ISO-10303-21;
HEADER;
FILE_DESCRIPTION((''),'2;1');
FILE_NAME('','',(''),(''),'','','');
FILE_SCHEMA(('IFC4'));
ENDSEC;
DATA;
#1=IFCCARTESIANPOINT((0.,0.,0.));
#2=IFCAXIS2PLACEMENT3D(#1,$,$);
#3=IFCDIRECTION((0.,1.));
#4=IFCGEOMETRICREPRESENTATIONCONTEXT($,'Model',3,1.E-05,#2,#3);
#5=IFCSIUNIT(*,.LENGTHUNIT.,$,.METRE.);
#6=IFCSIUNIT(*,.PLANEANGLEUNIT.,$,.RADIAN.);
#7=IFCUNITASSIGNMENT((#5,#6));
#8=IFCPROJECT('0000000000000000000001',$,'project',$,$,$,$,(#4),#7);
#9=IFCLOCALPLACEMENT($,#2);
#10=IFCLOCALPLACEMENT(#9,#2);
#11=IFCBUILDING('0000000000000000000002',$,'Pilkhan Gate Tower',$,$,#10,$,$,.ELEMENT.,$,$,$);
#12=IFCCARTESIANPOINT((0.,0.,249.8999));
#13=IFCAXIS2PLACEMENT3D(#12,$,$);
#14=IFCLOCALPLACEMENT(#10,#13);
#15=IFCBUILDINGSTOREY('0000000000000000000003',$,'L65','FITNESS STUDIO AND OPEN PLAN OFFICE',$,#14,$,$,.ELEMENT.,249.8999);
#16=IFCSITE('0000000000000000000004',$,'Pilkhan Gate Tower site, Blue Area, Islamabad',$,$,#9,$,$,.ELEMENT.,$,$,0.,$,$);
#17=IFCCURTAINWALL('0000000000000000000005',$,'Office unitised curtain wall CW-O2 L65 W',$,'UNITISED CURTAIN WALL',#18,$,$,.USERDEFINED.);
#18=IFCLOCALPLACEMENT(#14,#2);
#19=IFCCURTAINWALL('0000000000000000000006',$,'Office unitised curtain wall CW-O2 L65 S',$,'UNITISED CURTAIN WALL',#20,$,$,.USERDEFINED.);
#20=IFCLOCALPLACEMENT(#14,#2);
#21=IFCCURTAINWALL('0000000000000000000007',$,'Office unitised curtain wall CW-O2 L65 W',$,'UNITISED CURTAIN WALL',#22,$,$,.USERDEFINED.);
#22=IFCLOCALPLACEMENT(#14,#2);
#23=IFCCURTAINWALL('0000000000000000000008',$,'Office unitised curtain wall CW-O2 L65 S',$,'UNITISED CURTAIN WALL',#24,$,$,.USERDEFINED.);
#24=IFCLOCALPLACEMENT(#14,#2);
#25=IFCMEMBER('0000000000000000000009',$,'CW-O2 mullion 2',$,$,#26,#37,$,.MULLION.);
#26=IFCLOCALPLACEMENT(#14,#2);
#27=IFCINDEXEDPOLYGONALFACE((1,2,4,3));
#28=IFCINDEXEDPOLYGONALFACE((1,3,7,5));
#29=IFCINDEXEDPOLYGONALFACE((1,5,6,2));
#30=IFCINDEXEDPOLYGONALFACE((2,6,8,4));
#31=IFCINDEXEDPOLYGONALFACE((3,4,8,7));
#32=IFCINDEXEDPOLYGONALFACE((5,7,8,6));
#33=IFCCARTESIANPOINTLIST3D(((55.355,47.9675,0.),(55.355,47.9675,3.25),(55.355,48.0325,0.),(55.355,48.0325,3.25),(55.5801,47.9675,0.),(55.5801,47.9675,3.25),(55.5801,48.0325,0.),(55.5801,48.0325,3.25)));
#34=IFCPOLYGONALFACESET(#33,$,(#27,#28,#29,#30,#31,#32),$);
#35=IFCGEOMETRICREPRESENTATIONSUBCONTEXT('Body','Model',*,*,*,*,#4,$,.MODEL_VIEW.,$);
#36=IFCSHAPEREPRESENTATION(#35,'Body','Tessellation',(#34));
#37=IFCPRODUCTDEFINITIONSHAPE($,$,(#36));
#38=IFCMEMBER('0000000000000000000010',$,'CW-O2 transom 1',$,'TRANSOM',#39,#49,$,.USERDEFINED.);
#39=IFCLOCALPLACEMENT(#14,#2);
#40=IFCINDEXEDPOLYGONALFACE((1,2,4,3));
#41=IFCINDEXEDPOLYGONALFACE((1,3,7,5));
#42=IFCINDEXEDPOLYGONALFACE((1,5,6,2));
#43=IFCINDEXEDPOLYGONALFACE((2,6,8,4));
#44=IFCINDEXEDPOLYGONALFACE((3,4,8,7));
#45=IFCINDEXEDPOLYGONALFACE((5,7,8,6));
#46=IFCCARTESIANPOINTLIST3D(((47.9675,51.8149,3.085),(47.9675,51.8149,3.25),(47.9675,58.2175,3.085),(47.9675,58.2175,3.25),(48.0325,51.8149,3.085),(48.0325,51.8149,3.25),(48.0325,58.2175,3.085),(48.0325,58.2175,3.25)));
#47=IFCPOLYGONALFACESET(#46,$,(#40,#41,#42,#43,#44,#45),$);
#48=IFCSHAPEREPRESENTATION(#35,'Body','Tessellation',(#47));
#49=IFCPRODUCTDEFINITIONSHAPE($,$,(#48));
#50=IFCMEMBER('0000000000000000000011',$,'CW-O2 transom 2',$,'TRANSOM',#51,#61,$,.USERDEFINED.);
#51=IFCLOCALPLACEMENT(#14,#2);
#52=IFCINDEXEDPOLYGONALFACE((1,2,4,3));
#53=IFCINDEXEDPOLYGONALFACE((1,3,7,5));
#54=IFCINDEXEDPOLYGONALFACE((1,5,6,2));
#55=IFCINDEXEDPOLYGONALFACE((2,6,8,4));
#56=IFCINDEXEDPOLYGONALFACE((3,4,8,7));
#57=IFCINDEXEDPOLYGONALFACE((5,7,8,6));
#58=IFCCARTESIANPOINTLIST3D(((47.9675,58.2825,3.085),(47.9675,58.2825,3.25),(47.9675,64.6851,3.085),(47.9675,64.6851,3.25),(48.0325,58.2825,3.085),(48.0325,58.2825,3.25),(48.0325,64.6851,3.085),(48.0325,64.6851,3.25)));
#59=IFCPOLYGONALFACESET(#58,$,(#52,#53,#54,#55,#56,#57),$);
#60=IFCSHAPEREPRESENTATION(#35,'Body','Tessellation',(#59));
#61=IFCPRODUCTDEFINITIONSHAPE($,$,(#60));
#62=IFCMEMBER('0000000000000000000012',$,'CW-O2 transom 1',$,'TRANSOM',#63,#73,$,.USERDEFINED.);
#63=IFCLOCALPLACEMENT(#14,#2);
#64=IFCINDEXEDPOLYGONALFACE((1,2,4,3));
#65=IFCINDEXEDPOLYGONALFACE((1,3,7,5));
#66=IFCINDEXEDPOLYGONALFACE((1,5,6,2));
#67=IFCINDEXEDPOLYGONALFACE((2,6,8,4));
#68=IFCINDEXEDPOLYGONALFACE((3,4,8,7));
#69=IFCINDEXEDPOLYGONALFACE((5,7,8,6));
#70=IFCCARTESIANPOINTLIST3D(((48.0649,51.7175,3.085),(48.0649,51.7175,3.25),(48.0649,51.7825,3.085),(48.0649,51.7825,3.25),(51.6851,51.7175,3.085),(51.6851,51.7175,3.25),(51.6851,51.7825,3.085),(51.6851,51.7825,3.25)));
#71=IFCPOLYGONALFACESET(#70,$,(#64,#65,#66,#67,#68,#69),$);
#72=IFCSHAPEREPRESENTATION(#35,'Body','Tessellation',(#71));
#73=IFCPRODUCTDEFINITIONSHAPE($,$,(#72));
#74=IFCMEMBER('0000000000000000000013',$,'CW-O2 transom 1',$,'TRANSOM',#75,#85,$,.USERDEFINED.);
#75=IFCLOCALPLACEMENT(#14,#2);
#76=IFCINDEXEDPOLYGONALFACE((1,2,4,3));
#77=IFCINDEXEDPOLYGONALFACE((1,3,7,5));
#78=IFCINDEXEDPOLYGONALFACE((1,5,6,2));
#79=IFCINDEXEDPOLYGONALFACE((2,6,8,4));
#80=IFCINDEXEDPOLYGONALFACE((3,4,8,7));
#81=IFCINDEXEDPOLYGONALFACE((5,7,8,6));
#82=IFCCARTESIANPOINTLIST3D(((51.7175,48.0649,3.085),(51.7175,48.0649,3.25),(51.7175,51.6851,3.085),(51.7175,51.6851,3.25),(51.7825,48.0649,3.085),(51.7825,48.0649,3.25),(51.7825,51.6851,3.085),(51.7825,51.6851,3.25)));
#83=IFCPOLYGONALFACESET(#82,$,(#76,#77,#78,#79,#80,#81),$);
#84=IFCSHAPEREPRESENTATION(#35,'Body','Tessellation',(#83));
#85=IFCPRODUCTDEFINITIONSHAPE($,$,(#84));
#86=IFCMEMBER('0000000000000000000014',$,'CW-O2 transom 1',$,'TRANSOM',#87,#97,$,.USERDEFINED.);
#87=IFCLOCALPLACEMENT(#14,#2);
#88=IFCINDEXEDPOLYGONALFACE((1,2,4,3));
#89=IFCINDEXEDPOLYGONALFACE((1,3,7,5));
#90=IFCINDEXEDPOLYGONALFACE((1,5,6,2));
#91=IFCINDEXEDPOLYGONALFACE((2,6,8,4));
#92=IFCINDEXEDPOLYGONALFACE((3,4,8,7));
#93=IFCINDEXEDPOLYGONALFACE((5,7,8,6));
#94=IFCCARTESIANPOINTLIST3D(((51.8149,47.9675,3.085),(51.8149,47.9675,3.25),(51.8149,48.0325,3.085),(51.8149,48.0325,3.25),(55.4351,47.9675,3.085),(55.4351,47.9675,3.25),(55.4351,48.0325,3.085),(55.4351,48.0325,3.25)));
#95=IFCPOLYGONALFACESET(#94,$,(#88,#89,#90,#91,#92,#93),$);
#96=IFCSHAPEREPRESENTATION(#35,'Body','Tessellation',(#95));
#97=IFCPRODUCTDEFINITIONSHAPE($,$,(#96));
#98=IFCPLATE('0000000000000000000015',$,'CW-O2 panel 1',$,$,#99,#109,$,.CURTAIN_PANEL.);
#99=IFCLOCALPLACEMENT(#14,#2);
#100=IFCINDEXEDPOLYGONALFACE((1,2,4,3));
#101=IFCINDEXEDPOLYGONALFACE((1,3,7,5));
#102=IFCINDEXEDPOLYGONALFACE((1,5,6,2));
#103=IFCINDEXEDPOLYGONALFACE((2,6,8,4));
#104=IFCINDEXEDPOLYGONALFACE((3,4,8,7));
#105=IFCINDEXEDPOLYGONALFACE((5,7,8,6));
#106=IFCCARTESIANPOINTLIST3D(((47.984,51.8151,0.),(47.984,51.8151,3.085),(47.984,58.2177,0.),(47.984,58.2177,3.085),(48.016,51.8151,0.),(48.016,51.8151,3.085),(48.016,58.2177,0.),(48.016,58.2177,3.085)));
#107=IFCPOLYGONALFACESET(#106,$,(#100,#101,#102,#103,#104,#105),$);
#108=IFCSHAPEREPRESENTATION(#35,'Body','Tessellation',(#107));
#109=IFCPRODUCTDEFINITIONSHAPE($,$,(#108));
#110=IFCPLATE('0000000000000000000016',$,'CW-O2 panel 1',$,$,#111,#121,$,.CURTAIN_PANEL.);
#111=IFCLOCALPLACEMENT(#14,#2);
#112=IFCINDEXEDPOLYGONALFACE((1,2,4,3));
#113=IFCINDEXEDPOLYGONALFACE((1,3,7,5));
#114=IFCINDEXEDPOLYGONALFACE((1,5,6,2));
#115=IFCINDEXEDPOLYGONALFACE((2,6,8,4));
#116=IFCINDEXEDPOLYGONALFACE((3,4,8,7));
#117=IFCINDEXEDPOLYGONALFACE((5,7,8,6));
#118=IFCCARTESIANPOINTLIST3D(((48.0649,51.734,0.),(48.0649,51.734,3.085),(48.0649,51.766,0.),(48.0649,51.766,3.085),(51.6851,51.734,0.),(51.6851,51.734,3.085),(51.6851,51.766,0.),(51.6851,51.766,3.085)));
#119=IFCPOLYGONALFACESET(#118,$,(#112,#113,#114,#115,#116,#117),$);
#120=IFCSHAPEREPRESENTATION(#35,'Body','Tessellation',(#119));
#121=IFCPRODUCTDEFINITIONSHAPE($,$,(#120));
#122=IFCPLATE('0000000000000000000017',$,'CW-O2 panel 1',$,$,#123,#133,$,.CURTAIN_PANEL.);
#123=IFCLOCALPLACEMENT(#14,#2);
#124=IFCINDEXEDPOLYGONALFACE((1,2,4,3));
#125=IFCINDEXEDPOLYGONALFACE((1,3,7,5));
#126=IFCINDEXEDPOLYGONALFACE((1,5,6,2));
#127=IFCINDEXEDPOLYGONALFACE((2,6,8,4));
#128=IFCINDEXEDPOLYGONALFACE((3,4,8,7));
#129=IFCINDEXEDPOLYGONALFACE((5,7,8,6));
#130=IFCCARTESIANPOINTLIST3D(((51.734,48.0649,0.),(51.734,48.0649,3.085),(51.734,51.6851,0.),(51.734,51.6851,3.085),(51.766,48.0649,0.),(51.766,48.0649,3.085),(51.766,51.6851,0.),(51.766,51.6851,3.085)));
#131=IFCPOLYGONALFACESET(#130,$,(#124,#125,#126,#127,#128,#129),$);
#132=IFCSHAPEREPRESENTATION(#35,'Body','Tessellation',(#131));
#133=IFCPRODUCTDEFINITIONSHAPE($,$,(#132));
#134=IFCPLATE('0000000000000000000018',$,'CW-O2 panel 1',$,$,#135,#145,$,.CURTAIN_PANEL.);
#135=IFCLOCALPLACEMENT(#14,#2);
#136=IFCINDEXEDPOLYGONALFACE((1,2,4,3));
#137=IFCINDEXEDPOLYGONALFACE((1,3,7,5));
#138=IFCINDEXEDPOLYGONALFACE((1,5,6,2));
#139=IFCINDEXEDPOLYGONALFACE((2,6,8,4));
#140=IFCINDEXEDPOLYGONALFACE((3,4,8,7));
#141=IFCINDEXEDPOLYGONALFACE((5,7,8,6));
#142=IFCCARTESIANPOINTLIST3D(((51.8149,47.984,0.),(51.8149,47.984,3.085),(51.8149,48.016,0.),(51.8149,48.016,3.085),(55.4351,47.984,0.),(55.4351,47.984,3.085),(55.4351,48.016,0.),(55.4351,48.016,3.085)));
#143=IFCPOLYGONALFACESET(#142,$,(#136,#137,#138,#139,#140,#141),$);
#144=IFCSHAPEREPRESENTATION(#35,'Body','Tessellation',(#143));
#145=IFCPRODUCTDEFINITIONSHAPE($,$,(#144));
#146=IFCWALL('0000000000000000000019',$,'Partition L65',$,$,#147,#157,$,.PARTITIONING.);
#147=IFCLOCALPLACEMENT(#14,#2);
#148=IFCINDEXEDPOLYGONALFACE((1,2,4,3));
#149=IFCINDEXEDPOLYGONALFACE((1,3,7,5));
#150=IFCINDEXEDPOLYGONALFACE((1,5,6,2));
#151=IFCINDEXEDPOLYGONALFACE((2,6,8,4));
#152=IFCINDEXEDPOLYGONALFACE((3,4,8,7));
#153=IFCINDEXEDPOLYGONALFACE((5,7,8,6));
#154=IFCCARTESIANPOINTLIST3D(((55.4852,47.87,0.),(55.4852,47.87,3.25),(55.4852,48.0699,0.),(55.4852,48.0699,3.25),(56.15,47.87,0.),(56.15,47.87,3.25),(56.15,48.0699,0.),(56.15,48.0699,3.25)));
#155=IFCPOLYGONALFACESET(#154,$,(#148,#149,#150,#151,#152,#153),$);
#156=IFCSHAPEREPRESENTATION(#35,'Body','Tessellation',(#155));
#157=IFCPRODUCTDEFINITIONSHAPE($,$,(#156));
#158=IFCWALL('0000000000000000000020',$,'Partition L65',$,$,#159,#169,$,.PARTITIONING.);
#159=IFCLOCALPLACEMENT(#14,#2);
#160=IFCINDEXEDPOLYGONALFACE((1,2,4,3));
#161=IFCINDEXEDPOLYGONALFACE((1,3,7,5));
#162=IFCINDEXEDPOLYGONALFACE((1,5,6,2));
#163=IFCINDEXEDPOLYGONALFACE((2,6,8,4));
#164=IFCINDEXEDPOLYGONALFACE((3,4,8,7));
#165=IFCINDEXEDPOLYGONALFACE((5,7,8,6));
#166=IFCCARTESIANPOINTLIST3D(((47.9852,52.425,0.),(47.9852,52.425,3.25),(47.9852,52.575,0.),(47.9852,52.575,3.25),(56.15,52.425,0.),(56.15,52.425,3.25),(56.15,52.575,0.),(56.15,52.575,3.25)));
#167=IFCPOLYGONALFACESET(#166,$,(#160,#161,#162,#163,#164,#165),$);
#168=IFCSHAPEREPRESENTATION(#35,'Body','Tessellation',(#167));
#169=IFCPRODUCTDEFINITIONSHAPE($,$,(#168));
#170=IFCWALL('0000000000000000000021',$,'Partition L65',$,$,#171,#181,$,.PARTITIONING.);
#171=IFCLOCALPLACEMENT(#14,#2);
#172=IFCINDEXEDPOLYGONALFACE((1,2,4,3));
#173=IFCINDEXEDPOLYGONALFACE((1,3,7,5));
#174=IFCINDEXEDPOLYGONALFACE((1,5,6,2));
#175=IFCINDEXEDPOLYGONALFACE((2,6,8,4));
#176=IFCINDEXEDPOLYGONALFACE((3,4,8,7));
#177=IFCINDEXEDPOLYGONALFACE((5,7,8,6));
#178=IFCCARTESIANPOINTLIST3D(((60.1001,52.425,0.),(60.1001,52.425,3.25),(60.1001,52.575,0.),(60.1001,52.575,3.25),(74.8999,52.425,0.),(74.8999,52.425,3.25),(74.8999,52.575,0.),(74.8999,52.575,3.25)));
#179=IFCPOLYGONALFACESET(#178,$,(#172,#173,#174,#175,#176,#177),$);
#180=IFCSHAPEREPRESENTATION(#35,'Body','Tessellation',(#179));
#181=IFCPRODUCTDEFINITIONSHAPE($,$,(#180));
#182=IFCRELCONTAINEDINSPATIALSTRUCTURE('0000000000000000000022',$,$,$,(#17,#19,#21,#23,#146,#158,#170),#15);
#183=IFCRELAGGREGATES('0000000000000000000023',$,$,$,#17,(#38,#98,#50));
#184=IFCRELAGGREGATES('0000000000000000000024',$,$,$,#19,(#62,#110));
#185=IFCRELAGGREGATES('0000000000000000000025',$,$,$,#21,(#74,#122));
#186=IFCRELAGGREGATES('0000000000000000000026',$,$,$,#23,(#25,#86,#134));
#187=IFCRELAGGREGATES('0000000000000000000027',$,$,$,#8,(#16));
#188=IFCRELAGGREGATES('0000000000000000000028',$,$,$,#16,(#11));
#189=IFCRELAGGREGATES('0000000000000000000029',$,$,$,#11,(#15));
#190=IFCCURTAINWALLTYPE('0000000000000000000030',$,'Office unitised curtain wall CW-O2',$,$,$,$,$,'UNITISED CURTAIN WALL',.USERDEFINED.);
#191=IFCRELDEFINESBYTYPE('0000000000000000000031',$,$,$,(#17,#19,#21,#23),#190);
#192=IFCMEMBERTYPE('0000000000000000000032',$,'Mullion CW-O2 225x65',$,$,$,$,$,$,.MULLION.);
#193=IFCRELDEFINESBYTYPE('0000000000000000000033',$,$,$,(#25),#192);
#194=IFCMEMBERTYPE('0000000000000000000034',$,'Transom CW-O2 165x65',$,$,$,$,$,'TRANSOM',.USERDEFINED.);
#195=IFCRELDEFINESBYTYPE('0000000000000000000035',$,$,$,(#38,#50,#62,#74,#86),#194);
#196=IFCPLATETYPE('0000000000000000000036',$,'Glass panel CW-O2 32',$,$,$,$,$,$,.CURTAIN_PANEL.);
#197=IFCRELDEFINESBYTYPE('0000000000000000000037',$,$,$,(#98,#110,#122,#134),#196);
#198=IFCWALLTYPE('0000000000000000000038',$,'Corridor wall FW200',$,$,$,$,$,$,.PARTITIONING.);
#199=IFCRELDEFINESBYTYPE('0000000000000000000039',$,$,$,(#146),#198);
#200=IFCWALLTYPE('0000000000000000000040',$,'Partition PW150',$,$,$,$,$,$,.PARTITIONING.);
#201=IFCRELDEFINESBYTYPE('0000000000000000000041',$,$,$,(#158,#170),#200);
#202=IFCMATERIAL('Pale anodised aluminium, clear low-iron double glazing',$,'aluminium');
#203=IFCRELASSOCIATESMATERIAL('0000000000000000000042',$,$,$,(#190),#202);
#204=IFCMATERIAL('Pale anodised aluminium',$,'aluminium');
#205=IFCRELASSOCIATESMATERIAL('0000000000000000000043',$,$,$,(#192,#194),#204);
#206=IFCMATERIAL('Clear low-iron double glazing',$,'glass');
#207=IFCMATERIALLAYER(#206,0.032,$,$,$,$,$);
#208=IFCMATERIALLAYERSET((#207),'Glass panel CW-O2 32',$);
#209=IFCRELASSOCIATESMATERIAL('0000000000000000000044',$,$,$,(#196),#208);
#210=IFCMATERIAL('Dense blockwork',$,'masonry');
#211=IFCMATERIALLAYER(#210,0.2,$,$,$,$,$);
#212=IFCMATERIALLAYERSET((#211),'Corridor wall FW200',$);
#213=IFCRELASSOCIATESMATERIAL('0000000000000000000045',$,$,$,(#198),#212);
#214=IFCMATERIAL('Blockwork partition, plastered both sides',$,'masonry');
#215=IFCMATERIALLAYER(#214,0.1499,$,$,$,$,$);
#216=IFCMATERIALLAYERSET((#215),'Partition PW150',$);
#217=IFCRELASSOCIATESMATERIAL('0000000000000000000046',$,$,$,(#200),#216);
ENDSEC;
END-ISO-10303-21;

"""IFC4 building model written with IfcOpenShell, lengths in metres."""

from ifc_helpers import new_model, si_unit, direction, frame, frame_2d, origin, origin_2d, place, context, subcontext, project, spatial, rectangle, extrude, material, layer, layer_set, material_profile, profile_set, type_object, element, aggregate, save


model = new_model("IFC4")

# Units and contexts
model_context = context("Model", 3, precision=1e-05, world=origin(), true_north=direction((0.0, 1.0)))
body_context = subcontext(model_context, "Body", "Model", "MODEL_VIEW")
ifc_project = project(units=[si_unit("LENGTHUNIT", "METRE"), si_unit("PLANEANGLEUNIT", "RADIAN")], contexts=[model_context])

# Site, building, storey
site_placement = place(None, origin())
site = spatial("IfcSite", under=ifc_project, at=site_placement, Name="Pilkhan Gate Tower site, Blue Area, Islamabad", CompositionType="ELEMENT", RefElevation=0.0)
building_placement = place(site_placement, origin())
building = spatial("IfcBuilding", under=site, at=building_placement, Name="Pilkhan Gate Tower", CompositionType="ELEMENT")
storey_placement = place(building_placement, frame((0.0, 0.0, 249.8999)))
storey = spatial("IfcBuildingStorey", under=building, at=storey_placement, Name="L65", Description="FITNESS STUDIO AND OPEN PLAN OFFICE", CompositionType="ELEMENT", Elevation=249.8999)

# Curtain walls, member
ifc_material_1 = material(Name="Pale anodised aluminium, clear low-iron double glazing", Category="aluminium")
curtain_wall_type = type_object("IfcCurtainWallType", Name="Office unitised curtain wall CW-O2", ElementType="UNITISED CURTAIN WALL", PredefinedType="USERDEFINED", material=ifc_material_1)
curtain_wall_1_placement = place(storey_placement, origin())
curtain_wall_1 = element("IfcCurtainWall", 1, at=curtain_wall_1_placement, inside=storey, type_object=curtain_wall_type, Name="Office unitised curtain wall CW-O2 L65 W", ObjectType="UNITISED CURTAIN WALL", PredefinedType="USERDEFINED")
ifc_material_2 = material(Name="Pale anodised aluminium", Category="aluminium")
ifc_material_profile_1 = material_profile(ifc_material_2, rectangle(XDim=0.0649, YDim=0.2251, at=origin_2d()), Name="Mullion 225x65")
ifc_profile_set_1 = profile_set([ifc_material_profile_1], Name="Pale anodised aluminium")
member_type_1 = type_object("IfcMemberType", Name="Mullion CW-O2 225x65", PredefinedType="MULLION", material=ifc_profile_set_1)
curtain_wall_2_placement = place(storey_placement, origin())
curtain_wall_2 = element("IfcCurtainWall", 2, at=curtain_wall_2_placement, inside=storey, type_object=curtain_wall_type, Name="Office unitised curtain wall CW-O2 L65 S", ObjectType="UNITISED CURTAIN WALL", PredefinedType="USERDEFINED")
curtain_wall_3_placement = place(storey_placement, origin())
curtain_wall_3 = element("IfcCurtainWall", 3, at=curtain_wall_3_placement, inside=storey, type_object=curtain_wall_type, Name="Office unitised curtain wall CW-O2 L65 W", ObjectType="UNITISED CURTAIN WALL", PredefinedType="USERDEFINED")
curtain_wall_4_placement = place(storey_placement, origin())
curtain_wall_4 = element("IfcCurtainWall", 4, at=curtain_wall_4_placement, inside=storey, type_object=curtain_wall_type, Name="Office unitised curtain wall CW-O2 L65 S", ObjectType="UNITISED CURTAIN WALL", PredefinedType="USERDEFINED")
member_1_placement = place(storey_placement, frame((55.4675, 48.0, 0.0), z_axis=(0.0, 0.0, 1.0), x_axis=(0.0, 1.0, 0.0)))
member_1 = element("IfcMember", 5, at=member_1_placement, type_object=member_type_1, Name="CW-O2 mullion 2", PredefinedType="MULLION", context=body_context, shape_type="SweptSolid", body=[
    extrude(rectangle(XDim=0.0649, YDim=0.2251, at=origin_2d()), origin(), (0.0, 0.0, 1.0), 3.25),
])

# Members
ifc_material_profile_2 = material_profile(ifc_material_2, rectangle(XDim=0.0649, YDim=0.165, at=origin_2d()), Name="Transom 165x65")
ifc_profile_set_2 = profile_set([ifc_material_profile_2], Name="Pale anodised aluminium")
member_type_2 = type_object("IfcMemberType", Name="Transom CW-O2 165x65", ElementType="TRANSOM", PredefinedType="USERDEFINED", material=ifc_profile_set_2)
member_2_placement = place(storey_placement, frame((48.0, 51.8149, 3.1675), z_axis=(0.0, 1.0, 0.0), x_axis=(-1.0, 0.0, 0.0)))
member_2 = element("IfcMember", 6, at=member_2_placement, type_object=member_type_2, Name="CW-O2 transom 1", ObjectType="TRANSOM", PredefinedType="USERDEFINED", context=body_context, shape_type="SweptSolid", body=[
    extrude(rectangle(XDim=0.0649, YDim=0.165, at=origin_2d()), origin(), (0.0, 0.0, 1.0), 6.4026),
])
member_3_placement = place(storey_placement, frame((48.0, 58.2825, 3.1675), z_axis=(0.0, 1.0, 0.0), x_axis=(-1.0, 0.0, 0.0)))
member_3 = element("IfcMember", 7, at=member_3_placement, type_object=member_type_2, Name="CW-O2 transom 2", ObjectType="TRANSOM", PredefinedType="USERDEFINED", context=body_context, shape_type="SweptSolid", body=[
    extrude(rectangle(XDim=0.0649, YDim=0.165, at=origin_2d()), origin(), (0.0, 0.0, 1.0), 6.4026),
])
member_4_placement = place(storey_placement, frame((48.0649, 51.75, 3.1675), z_axis=(1.0, 0.0, 0.0), x_axis=(0.0, 1.0, 0.0)))
member_4 = element("IfcMember", 8, at=member_4_placement, type_object=member_type_2, Name="CW-O2 transom 1", ObjectType="TRANSOM", PredefinedType="USERDEFINED", context=body_context, shape_type="SweptSolid", body=[
    extrude(rectangle(XDim=0.0649, YDim=0.165, at=origin_2d()), origin(), (0.0, 0.0, 1.0), 3.6201),
])
member_5_placement = place(storey_placement, frame((51.75, 48.0649, 3.1675), z_axis=(0.0, 1.0, 0.0), x_axis=(-1.0, 0.0, 0.0)))
member_5 = element("IfcMember", 9, at=member_5_placement, type_object=member_type_2, Name="CW-O2 transom 1", ObjectType="TRANSOM", PredefinedType="USERDEFINED", context=body_context, shape_type="SweptSolid", body=[
    extrude(rectangle(XDim=0.0649, YDim=0.165, at=origin_2d()), origin(), (0.0, 0.0, 1.0), 3.6201),
])
member_6_placement = place(storey_placement, frame((51.8149, 48.0, 3.1675), z_axis=(1.0, 0.0, 0.0), x_axis=(0.0, 1.0, 0.0)))
member_6 = element("IfcMember", 10, at=member_6_placement, type_object=member_type_2, Name="CW-O2 transom 1", ObjectType="TRANSOM", PredefinedType="USERDEFINED", context=body_context, shape_type="SweptSolid", body=[
    extrude(rectangle(XDim=0.0649, YDim=0.165, at=origin_2d()), origin(), (0.0, 0.0, 1.0), 3.6201),
])

# Plates
ifc_material_3 = material(Name="Clear low-iron double glazing", Category="glass")
ifc_layer_1 = layer(ifc_material_3, 0.032)
ifc_layer_set_1 = layer_set([ifc_layer_1], Name="Glass panel CW-O2 32")
plate_type = type_object("IfcPlateType", Name="Glass panel CW-O2 32", PredefinedType="CURTAIN_PANEL", material=ifc_layer_set_1)
plate_1_placement = place(storey_placement, frame((48.0, 55.0164, 0.0), z_axis=(0.0, 0.0, 1.0), x_axis=(0.0, 1.0, 0.0)))
plate_1 = element("IfcPlate", 11, at=plate_1_placement, type_object=plate_type, Name="CW-O2 panel 1", PredefinedType="CURTAIN_PANEL", context=body_context, shape_type="SweptSolid", body=[
    extrude(rectangle(XDim=6.4026, YDim=0.032, at=origin_2d()), origin(), (0.0, 0.0, 1.0), 3.085),
])
aggregate(curtain_wall_1, [member_2, plate_1, member_3])
plate_2_placement = place(storey_placement, frame((49.875, 51.75, 0.0), z_axis=(0.0, 0.0, 1.0), x_axis=(1.0, 0.0, 0.0)))
plate_2 = element("IfcPlate", 12, at=plate_2_placement, type_object=plate_type, Name="CW-O2 panel 1", PredefinedType="CURTAIN_PANEL", context=body_context, shape_type="SweptSolid", body=[
    extrude(rectangle(XDim=3.6201, YDim=0.032, at=origin_2d()), origin(), (0.0, 0.0, 1.0), 3.085),
])
aggregate(curtain_wall_2, [member_4, plate_2])
plate_3_placement = place(storey_placement, frame((51.75, 49.875, 0.0), z_axis=(0.0, 0.0, 1.0), x_axis=(0.0, 1.0, 0.0)))
plate_3 = element("IfcPlate", 13, at=plate_3_placement, type_object=plate_type, Name="CW-O2 panel 1", PredefinedType="CURTAIN_PANEL", context=body_context, shape_type="SweptSolid", body=[
    extrude(rectangle(XDim=3.6201, YDim=0.032, at=origin_2d()), origin(), (0.0, 0.0, 1.0), 3.085),
])
aggregate(curtain_wall_3, [member_5, plate_3])
plate_4_placement = place(storey_placement, frame((53.625, 48.0, 0.0), z_axis=(0.0, 0.0, 1.0), x_axis=(1.0, 0.0, 0.0)))
plate_4 = element("IfcPlate", 14, at=plate_4_placement, type_object=plate_type, Name="CW-O2 panel 1", PredefinedType="CURTAIN_PANEL", context=body_context, shape_type="SweptSolid", body=[
    extrude(rectangle(XDim=3.6201, YDim=0.032, at=origin_2d()), origin(), (0.0, 0.0, 1.0), 3.085),
])
aggregate(curtain_wall_4, [member_1, member_6, plate_4])

# Walls
ifc_material_4 = material(Name="Dense blockwork", Category="masonry")
ifc_layer_2 = layer(ifc_material_4, 0.2)
ifc_layer_set_2 = layer_set([ifc_layer_2], Name="Corridor wall FW200")
wall_type_1 = type_object("IfcWallType", Name="Corridor wall FW200", PredefinedType="PARTITIONING", material=ifc_layer_set_2)
wall_1_placement = place(storey_placement, frame((55.4851, 47.97, 0.0), z_axis=(0.0, 0.0, 1.0), x_axis=(1.0, 0.0, 0.0)))
element("IfcWall", 15, at=wall_1_placement, inside=storey, type_object=wall_type_1, Name="Partition L65", PredefinedType="PARTITIONING", context=body_context, shape_type="SweptSolid", body=[
    extrude(rectangle(XDim=0.6648, YDim=0.2, at=frame_2d((0.3325, 0.0))), origin(), (0.0, 0.0, 1.0), 3.25),
])
ifc_material_5 = material(Name="Blockwork partition, plastered both sides", Category="masonry")
ifc_layer_3 = layer(ifc_material_5, 0.1499)
ifc_layer_set_3 = layer_set([ifc_layer_3], Name="Partition PW150")
wall_type_2 = type_object("IfcWallType", Name="Partition PW150", PredefinedType="PARTITIONING", material=ifc_layer_set_3)
wall_2_placement = place(storey_placement, frame((47.9851, 52.5, 0.0), z_axis=(0.0, 0.0, 1.0), x_axis=(1.0, 0.0, 0.0)))
element("IfcWall", 16, at=wall_2_placement, inside=storey, type_object=wall_type_2, Name="Partition L65", PredefinedType="PARTITIONING", context=body_context, shape_type="SweptSolid", body=[
    extrude(rectangle(XDim=8.1648, YDim=0.1499, at=frame_2d((4.0825, 0.0))), origin(), (0.0, 0.0, 1.0), 3.25),
])
wall_3_placement = place(storey_placement, frame((60.1001, 52.5, 0.0), z_axis=(0.0, 0.0, 1.0), x_axis=(1.0, 0.0, 0.0)))
element("IfcWall", 17, at=wall_3_placement, inside=storey, type_object=wall_type_2, Name="Partition L65", PredefinedType="PARTITIONING", context=body_context, shape_type="SweptSolid", body=[
    extrude(rectangle(XDim=14.7998, YDim=0.1499, at=frame_2d((7.3999, 0.0))), origin(), (0.0, 0.0, 1.0), 3.25),
])

save(model, "model.ifc")
